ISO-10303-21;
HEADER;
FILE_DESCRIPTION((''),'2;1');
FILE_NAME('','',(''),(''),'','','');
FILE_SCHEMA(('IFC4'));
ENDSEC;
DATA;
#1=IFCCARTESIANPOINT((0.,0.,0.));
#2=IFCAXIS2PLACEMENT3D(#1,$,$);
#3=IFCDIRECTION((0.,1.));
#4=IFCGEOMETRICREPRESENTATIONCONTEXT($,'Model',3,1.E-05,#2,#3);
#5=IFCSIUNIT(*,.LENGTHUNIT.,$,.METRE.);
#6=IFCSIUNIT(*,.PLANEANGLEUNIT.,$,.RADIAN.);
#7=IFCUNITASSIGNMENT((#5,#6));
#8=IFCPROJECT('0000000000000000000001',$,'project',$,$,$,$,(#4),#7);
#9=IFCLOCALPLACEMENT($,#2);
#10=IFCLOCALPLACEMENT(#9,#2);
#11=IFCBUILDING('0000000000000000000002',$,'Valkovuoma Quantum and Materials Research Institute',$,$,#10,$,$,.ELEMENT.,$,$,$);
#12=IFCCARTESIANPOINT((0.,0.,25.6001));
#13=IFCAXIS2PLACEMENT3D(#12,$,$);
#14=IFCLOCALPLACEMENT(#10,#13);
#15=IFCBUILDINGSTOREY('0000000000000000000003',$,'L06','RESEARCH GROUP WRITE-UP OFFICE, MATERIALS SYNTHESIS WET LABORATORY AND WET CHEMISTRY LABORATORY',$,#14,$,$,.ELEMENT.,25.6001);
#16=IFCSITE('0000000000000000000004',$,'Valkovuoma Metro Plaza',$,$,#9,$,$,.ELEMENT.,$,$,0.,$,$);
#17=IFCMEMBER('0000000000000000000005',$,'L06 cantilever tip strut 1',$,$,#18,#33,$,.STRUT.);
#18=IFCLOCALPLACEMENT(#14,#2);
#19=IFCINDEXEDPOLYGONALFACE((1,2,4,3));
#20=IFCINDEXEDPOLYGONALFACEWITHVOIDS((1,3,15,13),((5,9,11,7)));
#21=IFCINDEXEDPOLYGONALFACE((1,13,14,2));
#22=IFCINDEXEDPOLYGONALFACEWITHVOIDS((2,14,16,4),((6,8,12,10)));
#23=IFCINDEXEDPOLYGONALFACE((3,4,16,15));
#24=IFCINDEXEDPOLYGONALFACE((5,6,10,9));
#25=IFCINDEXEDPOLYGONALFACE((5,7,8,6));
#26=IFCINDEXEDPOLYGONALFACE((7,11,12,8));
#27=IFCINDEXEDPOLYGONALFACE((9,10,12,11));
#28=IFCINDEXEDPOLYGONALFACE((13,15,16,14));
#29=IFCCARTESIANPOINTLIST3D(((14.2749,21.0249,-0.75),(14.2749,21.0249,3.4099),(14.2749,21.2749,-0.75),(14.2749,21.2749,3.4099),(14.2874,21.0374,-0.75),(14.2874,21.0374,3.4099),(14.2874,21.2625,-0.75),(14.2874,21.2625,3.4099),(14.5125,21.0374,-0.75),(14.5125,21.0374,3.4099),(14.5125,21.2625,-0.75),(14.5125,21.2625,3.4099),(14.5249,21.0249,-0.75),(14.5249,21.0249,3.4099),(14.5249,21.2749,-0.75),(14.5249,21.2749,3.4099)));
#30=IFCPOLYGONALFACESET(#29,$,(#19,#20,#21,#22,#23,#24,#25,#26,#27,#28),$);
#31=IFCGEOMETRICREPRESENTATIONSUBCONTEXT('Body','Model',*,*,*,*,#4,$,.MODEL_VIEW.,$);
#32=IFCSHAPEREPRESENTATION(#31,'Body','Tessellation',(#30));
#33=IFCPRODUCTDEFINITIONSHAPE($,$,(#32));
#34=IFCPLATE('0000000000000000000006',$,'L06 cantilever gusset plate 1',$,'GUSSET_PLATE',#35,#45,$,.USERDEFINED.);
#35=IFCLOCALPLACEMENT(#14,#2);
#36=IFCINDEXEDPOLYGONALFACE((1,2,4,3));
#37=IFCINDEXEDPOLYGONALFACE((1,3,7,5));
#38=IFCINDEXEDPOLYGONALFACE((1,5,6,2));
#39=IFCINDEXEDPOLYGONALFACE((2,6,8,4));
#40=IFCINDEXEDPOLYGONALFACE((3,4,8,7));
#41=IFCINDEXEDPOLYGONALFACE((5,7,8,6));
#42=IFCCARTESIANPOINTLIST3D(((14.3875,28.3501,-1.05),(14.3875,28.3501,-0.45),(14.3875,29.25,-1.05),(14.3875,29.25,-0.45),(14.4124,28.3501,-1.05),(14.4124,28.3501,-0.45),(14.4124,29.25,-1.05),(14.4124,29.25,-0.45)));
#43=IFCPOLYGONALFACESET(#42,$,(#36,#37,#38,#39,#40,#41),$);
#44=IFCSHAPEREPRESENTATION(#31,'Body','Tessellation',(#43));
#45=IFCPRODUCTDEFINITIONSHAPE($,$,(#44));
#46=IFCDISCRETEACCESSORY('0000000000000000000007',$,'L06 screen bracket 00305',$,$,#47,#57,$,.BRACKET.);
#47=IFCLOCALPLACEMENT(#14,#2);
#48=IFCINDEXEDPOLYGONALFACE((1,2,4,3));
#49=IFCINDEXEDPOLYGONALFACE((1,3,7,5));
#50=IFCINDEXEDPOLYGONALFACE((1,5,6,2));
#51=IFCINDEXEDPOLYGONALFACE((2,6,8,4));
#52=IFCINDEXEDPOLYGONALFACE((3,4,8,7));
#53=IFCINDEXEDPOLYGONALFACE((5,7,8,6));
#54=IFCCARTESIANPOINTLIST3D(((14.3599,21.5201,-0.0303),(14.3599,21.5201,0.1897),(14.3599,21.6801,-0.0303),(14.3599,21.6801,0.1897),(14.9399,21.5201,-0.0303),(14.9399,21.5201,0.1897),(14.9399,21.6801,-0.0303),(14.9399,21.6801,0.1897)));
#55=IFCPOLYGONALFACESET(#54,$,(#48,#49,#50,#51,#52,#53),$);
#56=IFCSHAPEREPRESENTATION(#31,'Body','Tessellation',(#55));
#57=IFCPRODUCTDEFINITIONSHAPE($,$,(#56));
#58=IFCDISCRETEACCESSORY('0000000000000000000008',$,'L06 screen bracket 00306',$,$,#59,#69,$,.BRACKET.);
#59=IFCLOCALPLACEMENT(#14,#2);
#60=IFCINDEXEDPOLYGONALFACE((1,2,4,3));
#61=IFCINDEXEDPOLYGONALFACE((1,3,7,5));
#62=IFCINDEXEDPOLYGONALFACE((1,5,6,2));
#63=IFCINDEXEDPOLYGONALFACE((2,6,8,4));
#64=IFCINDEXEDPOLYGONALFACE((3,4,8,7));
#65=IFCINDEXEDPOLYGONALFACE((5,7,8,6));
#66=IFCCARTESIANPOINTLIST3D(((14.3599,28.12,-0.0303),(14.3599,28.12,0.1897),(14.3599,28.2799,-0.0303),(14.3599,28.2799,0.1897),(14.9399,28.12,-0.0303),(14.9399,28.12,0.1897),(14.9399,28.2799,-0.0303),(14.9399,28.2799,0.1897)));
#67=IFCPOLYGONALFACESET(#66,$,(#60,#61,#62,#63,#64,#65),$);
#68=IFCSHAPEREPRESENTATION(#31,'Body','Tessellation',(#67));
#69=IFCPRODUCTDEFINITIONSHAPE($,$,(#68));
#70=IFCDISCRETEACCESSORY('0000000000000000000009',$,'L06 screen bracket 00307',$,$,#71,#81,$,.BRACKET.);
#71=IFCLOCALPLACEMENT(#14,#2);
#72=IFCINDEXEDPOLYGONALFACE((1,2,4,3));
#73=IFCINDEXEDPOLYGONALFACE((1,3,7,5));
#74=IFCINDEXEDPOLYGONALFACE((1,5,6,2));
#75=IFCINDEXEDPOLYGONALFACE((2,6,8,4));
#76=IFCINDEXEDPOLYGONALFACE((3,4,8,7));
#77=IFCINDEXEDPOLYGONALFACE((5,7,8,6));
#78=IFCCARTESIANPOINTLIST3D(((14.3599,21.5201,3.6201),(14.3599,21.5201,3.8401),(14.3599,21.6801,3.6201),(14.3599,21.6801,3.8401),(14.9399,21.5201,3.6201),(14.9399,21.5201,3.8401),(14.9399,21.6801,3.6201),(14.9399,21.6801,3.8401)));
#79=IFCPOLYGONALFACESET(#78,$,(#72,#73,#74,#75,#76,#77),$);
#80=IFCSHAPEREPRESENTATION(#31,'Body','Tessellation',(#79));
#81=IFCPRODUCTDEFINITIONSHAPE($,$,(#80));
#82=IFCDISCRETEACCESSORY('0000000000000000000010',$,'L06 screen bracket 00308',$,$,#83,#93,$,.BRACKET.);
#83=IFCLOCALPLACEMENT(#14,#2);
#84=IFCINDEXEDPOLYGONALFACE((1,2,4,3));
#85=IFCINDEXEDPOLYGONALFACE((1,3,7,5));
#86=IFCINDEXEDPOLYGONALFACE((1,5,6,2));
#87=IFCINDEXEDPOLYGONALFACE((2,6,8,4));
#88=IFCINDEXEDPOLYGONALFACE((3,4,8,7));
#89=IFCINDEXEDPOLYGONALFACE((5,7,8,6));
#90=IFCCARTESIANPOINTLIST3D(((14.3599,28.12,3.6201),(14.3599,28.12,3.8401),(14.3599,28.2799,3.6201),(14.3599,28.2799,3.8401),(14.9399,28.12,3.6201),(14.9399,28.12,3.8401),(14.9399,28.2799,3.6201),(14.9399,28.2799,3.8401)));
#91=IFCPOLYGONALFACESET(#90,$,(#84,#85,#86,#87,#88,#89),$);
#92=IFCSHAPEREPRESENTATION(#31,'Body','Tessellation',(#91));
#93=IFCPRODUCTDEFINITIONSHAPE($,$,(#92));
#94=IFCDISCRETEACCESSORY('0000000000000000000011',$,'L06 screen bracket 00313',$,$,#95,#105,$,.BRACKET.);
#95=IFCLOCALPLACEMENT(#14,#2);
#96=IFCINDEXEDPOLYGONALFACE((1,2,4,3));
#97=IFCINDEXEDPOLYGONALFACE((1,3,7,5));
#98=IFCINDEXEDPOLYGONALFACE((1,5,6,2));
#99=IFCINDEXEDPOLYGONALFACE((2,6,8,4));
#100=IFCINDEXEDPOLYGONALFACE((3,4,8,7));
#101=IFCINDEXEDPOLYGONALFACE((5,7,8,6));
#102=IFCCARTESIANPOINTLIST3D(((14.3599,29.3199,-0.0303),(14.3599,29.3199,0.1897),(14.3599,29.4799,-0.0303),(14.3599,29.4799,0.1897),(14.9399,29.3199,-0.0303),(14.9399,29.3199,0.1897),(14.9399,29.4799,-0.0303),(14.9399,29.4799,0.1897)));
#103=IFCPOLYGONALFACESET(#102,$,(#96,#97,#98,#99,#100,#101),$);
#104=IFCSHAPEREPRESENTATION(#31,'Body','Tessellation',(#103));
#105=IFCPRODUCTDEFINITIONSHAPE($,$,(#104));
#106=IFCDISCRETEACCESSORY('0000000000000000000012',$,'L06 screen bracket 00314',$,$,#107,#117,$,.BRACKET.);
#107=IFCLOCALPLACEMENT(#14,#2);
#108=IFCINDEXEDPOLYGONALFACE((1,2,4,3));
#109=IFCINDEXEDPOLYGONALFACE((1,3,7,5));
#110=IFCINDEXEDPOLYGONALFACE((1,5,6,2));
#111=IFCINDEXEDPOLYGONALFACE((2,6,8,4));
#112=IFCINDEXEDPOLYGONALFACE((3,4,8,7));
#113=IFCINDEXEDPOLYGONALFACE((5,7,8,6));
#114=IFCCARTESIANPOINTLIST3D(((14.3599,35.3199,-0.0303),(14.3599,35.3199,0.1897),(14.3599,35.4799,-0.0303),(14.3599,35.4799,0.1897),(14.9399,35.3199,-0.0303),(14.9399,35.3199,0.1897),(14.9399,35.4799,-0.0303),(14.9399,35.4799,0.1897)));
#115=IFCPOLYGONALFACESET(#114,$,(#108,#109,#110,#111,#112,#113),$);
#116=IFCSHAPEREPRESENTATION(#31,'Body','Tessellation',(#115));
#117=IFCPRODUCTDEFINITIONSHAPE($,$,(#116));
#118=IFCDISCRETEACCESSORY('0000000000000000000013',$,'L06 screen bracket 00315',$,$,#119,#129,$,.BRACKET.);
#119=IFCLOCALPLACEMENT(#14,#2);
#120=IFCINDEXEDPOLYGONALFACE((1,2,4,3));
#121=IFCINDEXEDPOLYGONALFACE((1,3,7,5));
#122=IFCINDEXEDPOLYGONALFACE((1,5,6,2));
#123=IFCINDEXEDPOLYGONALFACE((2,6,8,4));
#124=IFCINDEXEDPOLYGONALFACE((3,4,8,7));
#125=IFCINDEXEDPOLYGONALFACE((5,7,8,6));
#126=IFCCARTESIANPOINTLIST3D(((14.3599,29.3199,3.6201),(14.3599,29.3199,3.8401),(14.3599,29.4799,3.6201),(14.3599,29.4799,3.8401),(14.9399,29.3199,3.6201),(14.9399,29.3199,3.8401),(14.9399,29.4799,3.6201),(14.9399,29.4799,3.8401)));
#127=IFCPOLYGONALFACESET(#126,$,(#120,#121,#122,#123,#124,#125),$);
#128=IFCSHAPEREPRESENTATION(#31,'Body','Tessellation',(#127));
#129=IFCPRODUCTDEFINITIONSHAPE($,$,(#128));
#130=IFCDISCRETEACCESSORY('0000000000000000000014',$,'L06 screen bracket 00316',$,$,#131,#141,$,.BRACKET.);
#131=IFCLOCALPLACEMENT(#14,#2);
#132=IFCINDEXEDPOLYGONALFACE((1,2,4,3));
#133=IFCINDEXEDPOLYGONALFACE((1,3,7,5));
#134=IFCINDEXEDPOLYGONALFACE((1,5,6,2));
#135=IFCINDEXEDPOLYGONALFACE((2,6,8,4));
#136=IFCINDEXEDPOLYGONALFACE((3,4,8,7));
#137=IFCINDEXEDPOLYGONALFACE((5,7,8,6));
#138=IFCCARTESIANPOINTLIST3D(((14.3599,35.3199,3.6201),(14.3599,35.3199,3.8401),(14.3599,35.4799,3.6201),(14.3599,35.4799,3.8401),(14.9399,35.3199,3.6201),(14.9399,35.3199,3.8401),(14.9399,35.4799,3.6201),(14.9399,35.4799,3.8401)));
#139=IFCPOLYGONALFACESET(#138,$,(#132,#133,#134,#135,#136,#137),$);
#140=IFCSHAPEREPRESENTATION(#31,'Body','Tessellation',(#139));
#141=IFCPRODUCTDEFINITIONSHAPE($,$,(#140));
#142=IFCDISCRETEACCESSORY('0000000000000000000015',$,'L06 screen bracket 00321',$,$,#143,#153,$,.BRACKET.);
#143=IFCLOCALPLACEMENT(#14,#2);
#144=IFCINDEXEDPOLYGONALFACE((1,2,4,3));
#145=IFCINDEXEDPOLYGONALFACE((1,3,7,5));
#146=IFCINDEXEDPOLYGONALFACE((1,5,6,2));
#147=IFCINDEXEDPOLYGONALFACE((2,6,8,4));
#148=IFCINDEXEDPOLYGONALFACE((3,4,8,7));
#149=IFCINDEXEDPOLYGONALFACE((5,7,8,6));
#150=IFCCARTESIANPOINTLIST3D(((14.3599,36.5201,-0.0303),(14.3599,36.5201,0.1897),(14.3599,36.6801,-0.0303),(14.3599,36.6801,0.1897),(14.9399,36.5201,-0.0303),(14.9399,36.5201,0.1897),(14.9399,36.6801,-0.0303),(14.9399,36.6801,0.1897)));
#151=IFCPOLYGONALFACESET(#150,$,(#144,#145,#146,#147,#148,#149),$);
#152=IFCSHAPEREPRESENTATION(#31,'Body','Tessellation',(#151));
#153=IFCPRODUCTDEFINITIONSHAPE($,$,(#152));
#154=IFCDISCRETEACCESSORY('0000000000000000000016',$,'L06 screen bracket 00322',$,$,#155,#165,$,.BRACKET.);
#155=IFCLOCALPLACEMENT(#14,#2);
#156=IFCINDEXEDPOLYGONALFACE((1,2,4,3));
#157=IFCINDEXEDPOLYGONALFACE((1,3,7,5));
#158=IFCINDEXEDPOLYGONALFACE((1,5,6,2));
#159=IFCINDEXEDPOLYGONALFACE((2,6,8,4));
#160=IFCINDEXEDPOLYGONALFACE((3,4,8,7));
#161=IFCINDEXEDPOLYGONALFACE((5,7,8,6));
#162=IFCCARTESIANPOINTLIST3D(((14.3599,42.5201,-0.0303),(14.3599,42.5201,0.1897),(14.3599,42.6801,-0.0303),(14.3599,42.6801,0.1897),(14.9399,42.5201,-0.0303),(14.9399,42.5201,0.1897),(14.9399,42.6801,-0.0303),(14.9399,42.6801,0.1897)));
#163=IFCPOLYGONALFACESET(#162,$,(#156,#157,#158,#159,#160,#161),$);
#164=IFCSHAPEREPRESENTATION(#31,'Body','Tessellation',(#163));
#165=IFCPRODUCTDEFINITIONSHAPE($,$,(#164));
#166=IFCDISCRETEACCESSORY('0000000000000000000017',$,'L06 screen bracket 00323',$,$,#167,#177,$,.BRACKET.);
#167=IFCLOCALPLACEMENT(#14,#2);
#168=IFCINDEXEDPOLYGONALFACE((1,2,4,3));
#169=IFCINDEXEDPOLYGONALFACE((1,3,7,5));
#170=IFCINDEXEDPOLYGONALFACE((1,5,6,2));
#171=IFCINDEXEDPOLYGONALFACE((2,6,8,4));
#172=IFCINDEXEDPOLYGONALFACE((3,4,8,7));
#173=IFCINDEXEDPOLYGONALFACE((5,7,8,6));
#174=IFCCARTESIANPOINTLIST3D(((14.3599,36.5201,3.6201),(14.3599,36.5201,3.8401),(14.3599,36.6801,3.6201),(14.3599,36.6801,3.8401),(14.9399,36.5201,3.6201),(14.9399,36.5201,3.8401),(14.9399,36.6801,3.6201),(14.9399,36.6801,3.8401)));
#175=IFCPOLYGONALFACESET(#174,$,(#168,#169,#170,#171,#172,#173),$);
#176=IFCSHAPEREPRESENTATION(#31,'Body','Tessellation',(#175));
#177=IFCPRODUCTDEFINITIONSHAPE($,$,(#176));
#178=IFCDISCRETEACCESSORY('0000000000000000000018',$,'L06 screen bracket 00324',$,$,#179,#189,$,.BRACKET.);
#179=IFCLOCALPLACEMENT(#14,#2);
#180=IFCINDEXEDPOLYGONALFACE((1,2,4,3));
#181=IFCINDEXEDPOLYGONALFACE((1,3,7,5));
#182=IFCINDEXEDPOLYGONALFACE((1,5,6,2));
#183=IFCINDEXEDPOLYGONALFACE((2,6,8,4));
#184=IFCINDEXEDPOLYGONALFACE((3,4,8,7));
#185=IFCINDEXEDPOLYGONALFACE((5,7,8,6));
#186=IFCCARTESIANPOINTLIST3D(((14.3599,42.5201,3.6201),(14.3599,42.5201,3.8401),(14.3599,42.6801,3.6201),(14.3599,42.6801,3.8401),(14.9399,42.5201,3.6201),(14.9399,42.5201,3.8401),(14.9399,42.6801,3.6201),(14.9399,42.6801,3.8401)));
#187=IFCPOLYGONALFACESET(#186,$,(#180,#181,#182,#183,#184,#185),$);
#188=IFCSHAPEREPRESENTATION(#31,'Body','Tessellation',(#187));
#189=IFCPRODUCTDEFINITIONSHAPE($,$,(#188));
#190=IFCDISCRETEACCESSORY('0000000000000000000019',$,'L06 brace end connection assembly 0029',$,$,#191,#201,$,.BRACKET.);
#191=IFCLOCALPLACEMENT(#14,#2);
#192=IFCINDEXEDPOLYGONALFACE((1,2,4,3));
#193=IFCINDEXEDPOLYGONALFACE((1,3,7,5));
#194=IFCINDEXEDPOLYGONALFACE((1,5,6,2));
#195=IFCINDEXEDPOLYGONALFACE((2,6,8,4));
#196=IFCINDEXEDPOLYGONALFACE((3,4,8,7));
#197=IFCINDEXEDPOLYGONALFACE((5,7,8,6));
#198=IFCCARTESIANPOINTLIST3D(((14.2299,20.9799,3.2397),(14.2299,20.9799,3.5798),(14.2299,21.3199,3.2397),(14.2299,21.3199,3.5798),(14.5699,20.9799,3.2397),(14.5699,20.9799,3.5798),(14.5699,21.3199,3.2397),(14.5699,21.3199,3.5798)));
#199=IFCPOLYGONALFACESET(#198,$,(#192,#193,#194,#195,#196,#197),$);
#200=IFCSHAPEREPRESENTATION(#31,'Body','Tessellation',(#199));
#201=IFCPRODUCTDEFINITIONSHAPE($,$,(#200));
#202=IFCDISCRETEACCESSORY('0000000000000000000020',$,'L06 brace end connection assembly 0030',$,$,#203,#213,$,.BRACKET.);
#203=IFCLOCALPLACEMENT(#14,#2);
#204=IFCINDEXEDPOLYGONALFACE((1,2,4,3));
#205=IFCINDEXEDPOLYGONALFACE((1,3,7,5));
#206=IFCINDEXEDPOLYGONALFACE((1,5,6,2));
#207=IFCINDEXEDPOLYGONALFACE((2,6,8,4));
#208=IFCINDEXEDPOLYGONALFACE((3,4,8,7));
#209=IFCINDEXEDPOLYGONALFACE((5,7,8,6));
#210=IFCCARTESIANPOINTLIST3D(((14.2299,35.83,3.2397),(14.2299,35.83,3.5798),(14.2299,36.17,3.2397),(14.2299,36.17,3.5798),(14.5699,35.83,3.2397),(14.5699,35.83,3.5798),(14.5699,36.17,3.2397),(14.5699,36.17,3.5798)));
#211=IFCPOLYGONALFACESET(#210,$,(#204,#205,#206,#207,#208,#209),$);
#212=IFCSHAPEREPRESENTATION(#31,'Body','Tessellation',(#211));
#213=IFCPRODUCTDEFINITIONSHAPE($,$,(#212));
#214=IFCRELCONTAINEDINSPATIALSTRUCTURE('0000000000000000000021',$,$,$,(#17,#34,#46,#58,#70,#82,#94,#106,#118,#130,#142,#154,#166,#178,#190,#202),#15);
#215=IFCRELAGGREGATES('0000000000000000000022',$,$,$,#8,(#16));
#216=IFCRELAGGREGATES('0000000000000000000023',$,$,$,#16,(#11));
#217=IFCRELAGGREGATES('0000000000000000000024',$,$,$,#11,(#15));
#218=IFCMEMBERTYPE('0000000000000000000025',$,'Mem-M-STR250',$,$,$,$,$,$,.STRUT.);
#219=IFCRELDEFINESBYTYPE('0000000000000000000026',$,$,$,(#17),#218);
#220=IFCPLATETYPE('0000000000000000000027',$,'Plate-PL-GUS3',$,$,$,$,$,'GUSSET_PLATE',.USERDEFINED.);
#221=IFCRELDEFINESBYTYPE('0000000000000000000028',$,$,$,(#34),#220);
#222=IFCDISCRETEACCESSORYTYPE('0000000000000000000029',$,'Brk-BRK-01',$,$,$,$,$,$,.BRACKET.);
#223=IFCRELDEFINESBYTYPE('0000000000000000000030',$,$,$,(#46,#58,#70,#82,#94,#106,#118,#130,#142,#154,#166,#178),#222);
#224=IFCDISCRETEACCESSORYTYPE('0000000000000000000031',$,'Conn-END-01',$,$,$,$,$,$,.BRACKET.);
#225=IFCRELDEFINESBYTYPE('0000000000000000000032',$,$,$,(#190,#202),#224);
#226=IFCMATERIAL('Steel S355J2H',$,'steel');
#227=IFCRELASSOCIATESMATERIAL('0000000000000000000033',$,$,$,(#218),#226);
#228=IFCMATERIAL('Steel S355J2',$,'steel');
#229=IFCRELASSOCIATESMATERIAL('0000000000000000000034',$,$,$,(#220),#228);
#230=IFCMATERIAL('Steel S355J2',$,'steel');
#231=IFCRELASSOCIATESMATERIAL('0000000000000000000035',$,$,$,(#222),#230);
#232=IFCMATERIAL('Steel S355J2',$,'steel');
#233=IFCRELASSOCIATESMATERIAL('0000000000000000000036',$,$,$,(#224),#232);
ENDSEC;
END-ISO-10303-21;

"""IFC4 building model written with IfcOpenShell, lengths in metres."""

from ifc_helpers import new_model, si_unit, direction, frame, origin, origin_2d, place, context, subcontext, project, spatial, rectangle, hollow_rectangle, extrude, material, material_profile, profile_set, type_object, element, save


model = new_model("IFC4")

# Units and contexts
model_context = context("Model", 3, precision=1e-05, world=origin(), true_north=direction((0.0, 1.0)))
body_context = subcontext(model_context, "Body", "Model", "MODEL_VIEW")
ifc_project = project(units=[si_unit("LENGTHUNIT", "METRE"), si_unit("PLANEANGLEUNIT", "RADIAN")], contexts=[model_context])

# Site, building, storey
site_placement = place(None, origin())
site = spatial("IfcSite", under=ifc_project, at=site_placement, Name="Valkovuoma Metro Plaza", CompositionType="ELEMENT", RefElevation=0.0)
building_placement = place(site_placement, origin())
building = spatial("IfcBuilding", under=site, at=building_placement, Name="Valkovuoma Quantum and Materials Research Institute", CompositionType="ELEMENT")
storey_placement = place(building_placement, frame((0.0, 0.0, 25.6001)))
storey = spatial("IfcBuildingStorey", under=building, at=storey_placement, Name="L06", Description="RESEARCH GROUP WRITE-UP OFFICE, MATERIALS SYNTHESIS WET LABORATORY AND WET CHEMISTRY LABORATORY", CompositionType="ELEMENT", Elevation=25.6001)

# Member
ifc_material_1 = material(Name="Steel S355J2H", Category="steel")
ifc_material_profile_1 = material_profile(ifc_material_1, hollow_rectangle(XDim=0.25, YDim=0.25, WallThickness=0.0125, at=origin_2d()), Name="Steel S355J2H")
ifc_profile_set_1 = profile_set([ifc_material_profile_1], Name="Steel S355J2H")
member_type_1 = type_object("IfcMemberType", Name="Mem-M-STR250", PredefinedType="STRUT", material=ifc_profile_set_1)
member_1_placement = place(storey_placement, frame((14.3999, 21.1499, -0.75), z_axis=(0.0, 0.0, 1.0), x_axis=(1.0, 0.0, 0.0)))
element("IfcMember", 1, at=member_1_placement, inside=storey, type_object=member_type_1, Name="L06 cantilever tip strut 1", PredefinedType="STRUT", context=body_context, shape_type="SweptSolid", body=[
    extrude(hollow_rectangle(XDim=0.25, YDim=0.25, WallThickness=0.0125, at=origin_2d()), origin(), (0.0, 0.0, 1.0), 4.1599),
])

# Plate
ifc_material_2 = material(Name="Steel S355J2", Category="steel")
plate_type = type_object("IfcPlateType", Name="Plate-PL-GUS3", ElementType="GUSSET_PLATE", PredefinedType="USERDEFINED", material=ifc_material_2)
plate_placement = place(storey_placement, frame((14.3999, 28.8, -1.05), z_axis=(0.0, 0.0, 1.0), x_axis=(0.0, 1.0, 0.0)))
element("IfcPlate", 2, at=plate_placement, inside=storey, type_object=plate_type, Name="L06 cantilever gusset plate 1", ObjectType="GUSSET_PLATE", PredefinedType="USERDEFINED", context=body_context, shape_type="SweptSolid", body=[
    extrude(rectangle(XDim=0.8999, YDim=0.0249, at=origin_2d()), origin(), (0.0, 0.0, 1.0), 0.6001),
])

# Discrete accessories
ifc_material_3 = material(Name="Steel S355J2", Category="steel")
discrete_accessory_type_1 = type_object("IfcDiscreteAccessoryType", Name="Brk-BRK-01", PredefinedType="BRACKET", material=ifc_material_3)
for number, where, z_axis, x_axis, name in (
    (3, (14.6499, 21.6001, -0.0303), (0.0, 0.0, 1.0), (1.0, 0.0, 0.0), "L06 screen bracket 00305"),
    (4, (14.6499, 28.2, -0.0303), (0.0, 0.0, 1.0), (1.0, 0.0, 0.0), "L06 screen bracket 00306"),
    (5, (14.6499, 21.6001, 3.6201), (0.0, 0.0, 1.0), (1.0, 0.0, 0.0), "L06 screen bracket 00307"),
    (6, (14.6499, 28.2, 3.6201), (0.0, 0.0, 1.0), (1.0, 0.0, 0.0), "L06 screen bracket 00308"),
    (7, (14.6499, 29.3999, -0.0303), (0.0, 0.0, 1.0), (1.0, 0.0, 0.0), "L06 screen bracket 00313"),
    (8, (14.6499, 35.3999, -0.0303), (0.0, 0.0, 1.0), (1.0, 0.0, 0.0), "L06 screen bracket 00314"),
    (9, (14.6499, 29.3999, 3.6201), (0.0, 0.0, 1.0), (1.0, 0.0, 0.0), "L06 screen bracket 00315"),
    (10, (14.6499, 35.3999, 3.6201), (0.0, 0.0, 1.0), (1.0, 0.0, 0.0), "L06 screen bracket 00316"),
    (11, (14.6499, 36.6001, -0.0303), (0.0, 0.0, 1.0), (1.0, 0.0, 0.0), "L06 screen bracket 00321"),
    (12, (14.6499, 42.6001, -0.0303), (0.0, 0.0, 1.0), (1.0, 0.0, 0.0), "L06 screen bracket 00322"),
    (13, (14.6499, 36.6001, 3.6201), (0.0, 0.0, 1.0), (1.0, 0.0, 0.0), "L06 screen bracket 00323"),
    (14, (14.6499, 42.6001, 3.6201), (0.0, 0.0, 1.0), (1.0, 0.0, 0.0), "L06 screen bracket 00324"),
):
    element("IfcDiscreteAccessory", number, at=place(storey_placement, frame(where, z_axis=z_axis, x_axis=x_axis)), inside=storey, type_object=discrete_accessory_type_1, Name=name, PredefinedType="BRACKET", context=body_context, shape_type="SweptSolid", body=[
        extrude(rectangle(XDim=0.5801, YDim=0.1599, at=origin_2d()), origin(), (0.0, 0.0, 1.0), 0.22),
    ])
ifc_material_4 = material(Name="Steel S355J2", Category="steel")
discrete_accessory_type_2 = type_object("IfcDiscreteAccessoryType", Name="Conn-END-01", PredefinedType="BRACKET", material=ifc_material_4)
for number, where, z_axis, x_axis, name in (
    (15, (14.3999, 21.1499, 3.2397), (0.0, 0.0, 1.0), (1.0, 0.0, 0.0), "L06 brace end connection assembly 0029"),
    (16, (14.3999, 36.0, 3.2397), (0.0, 0.0, 1.0), (1.0, 0.0, 0.0), "L06 brace end connection assembly 0030"),
):
    element("IfcDiscreteAccessory", number, at=place(storey_placement, frame(where, z_axis=z_axis, x_axis=x_axis)), inside=storey, type_object=discrete_accessory_type_2, Name=name, PredefinedType="BRACKET", context=body_context, shape_type="SweptSolid", body=[
        extrude(rectangle(XDim=0.3401, YDim=0.3401, at=origin_2d()), origin(), (0.0, 0.0, 1.0), 0.3401),
    ])

save(model, "model.ifc")
